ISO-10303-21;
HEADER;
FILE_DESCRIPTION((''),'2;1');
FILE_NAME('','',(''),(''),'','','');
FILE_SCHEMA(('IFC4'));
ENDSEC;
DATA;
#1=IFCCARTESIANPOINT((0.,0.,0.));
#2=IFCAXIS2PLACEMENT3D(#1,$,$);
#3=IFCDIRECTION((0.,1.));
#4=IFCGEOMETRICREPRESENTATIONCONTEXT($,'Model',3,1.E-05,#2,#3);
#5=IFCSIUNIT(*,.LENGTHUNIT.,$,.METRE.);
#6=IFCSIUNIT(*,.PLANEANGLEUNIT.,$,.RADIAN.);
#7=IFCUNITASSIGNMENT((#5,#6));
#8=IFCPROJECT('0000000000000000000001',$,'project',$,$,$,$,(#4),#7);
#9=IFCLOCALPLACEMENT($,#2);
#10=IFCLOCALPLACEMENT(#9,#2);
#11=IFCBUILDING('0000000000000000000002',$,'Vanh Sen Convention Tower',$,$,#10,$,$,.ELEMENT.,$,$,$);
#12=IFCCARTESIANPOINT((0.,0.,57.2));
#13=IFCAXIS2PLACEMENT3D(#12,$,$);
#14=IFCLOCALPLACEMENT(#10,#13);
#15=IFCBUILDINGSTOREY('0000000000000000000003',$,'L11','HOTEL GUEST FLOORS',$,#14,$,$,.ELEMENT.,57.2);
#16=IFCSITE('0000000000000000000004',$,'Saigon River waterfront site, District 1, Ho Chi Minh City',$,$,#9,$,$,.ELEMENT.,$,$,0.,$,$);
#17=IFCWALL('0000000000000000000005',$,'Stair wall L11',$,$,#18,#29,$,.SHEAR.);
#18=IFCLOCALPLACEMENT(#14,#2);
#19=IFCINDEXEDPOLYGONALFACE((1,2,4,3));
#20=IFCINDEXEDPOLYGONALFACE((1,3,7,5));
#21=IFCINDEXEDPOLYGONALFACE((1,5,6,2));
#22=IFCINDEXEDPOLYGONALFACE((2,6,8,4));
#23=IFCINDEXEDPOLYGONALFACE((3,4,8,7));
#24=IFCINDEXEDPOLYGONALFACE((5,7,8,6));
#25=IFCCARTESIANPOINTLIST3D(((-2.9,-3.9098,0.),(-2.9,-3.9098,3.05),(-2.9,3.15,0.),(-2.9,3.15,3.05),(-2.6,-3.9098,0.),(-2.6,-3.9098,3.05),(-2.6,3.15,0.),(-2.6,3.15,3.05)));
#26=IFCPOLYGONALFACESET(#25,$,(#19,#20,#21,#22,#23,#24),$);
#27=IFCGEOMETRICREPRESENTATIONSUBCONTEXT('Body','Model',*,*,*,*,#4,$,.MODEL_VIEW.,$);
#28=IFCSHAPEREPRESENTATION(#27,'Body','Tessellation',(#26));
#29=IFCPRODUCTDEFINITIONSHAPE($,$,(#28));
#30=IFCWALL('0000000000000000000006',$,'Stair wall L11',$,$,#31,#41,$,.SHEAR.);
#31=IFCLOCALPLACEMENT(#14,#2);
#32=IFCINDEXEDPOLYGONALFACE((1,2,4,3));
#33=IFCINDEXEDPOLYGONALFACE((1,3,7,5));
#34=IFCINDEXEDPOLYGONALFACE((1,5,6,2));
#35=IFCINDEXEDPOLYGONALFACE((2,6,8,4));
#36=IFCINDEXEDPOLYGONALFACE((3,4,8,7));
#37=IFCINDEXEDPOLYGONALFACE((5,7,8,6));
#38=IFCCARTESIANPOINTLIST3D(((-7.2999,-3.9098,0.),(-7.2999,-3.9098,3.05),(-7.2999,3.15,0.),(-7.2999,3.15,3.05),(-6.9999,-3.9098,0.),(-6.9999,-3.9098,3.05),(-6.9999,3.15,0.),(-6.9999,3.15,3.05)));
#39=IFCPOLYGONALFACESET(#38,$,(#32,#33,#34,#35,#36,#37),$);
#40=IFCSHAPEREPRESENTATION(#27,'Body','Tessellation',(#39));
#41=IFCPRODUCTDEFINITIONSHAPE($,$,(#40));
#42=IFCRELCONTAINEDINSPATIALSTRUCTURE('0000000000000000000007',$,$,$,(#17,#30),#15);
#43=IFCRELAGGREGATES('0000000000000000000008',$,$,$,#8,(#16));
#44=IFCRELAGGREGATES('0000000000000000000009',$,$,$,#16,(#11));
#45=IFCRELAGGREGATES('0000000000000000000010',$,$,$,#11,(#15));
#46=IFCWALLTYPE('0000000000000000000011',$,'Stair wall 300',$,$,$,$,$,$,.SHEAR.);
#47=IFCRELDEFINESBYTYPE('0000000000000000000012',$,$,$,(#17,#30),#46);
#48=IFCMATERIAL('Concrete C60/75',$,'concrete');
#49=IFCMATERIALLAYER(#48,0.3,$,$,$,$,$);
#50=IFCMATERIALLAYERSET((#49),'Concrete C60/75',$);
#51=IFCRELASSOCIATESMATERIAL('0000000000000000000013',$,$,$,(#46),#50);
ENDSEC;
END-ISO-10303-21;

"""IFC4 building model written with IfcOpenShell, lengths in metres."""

from ifc_helpers import new_model, si_unit, direction, frame, frame_2d, origin, place, context, subcontext, project, spatial, rectangle, extrude, material, layer, layer_set, type_object, element, save


model = new_model("IFC4")

# Units and contexts
model_context = context("Model", 3, precision=1e-05, world=origin(), true_north=direction((0.0, 1.0)))
body_context = subcontext(model_context, "Body", "Model", "MODEL_VIEW")
ifc_project = project(units=[si_unit("LENGTHUNIT", "METRE"), si_unit("PLANEANGLEUNIT", "RADIAN")], contexts=[model_context])

# Site, building, storey
site_placement = place(None, origin())
site = spatial("IfcSite", under=ifc_project, at=site_placement, Name="Saigon River waterfront site, District 1, Ho Chi Minh City", CompositionType="ELEMENT", RefElevation=0.0)
building_placement = place(site_placement, origin())
building = spatial("IfcBuilding", under=site, at=building_placement, Name="Vanh Sen Convention Tower", CompositionType="ELEMENT")
storey_placement = place(building_placement, frame((0.0, 0.0, 57.2)))
storey = spatial("IfcBuildingStorey", under=building, at=storey_placement, Name="L11", Description="HOTEL GUEST FLOORS", CompositionType="ELEMENT", Elevation=57.2)

# Shared definitions
ifc_material_1 = material(Name="Concrete C60/75", Category="concrete")

# Shared definitions
ifc_layer_1 = layer(ifc_material_1, 0.3)
ifc_layer_set_1 = layer_set([ifc_layer_1], Name="Concrete C60/75")
wall_type_1 = type_object("IfcWallType", Name="Stair wall 300", PredefinedType="SHEAR", material=ifc_layer_set_1)

# Walls
for number, where, z_axis, x_axis, name in (
    (1, (-2.75, 3.1499, 0.0), (0.0, 0.0, 1.0), (0.0, -1.0, 0.0), "Stair wall L11"),
    (2, (-7.1499, 3.1499, 0.0), (0.0, 0.0, 1.0), (0.0, -1.0, 0.0), "Stair wall L11"),
):
    element("IfcWall", number, at=place(storey_placement, frame(where, z_axis=z_axis, x_axis=x_axis)), inside=storey, type_object=wall_type_1, Name=name, PredefinedType="SHEAR", context=body_context, shape_type="SweptSolid", body=[
        extrude(rectangle(XDim=7.0598, YDim=0.3, at=frame_2d((3.5298, 0.0))), origin(), (0.0, 0.0, 1.0), 3.05),
    ])

save(model, "model.ifc")
